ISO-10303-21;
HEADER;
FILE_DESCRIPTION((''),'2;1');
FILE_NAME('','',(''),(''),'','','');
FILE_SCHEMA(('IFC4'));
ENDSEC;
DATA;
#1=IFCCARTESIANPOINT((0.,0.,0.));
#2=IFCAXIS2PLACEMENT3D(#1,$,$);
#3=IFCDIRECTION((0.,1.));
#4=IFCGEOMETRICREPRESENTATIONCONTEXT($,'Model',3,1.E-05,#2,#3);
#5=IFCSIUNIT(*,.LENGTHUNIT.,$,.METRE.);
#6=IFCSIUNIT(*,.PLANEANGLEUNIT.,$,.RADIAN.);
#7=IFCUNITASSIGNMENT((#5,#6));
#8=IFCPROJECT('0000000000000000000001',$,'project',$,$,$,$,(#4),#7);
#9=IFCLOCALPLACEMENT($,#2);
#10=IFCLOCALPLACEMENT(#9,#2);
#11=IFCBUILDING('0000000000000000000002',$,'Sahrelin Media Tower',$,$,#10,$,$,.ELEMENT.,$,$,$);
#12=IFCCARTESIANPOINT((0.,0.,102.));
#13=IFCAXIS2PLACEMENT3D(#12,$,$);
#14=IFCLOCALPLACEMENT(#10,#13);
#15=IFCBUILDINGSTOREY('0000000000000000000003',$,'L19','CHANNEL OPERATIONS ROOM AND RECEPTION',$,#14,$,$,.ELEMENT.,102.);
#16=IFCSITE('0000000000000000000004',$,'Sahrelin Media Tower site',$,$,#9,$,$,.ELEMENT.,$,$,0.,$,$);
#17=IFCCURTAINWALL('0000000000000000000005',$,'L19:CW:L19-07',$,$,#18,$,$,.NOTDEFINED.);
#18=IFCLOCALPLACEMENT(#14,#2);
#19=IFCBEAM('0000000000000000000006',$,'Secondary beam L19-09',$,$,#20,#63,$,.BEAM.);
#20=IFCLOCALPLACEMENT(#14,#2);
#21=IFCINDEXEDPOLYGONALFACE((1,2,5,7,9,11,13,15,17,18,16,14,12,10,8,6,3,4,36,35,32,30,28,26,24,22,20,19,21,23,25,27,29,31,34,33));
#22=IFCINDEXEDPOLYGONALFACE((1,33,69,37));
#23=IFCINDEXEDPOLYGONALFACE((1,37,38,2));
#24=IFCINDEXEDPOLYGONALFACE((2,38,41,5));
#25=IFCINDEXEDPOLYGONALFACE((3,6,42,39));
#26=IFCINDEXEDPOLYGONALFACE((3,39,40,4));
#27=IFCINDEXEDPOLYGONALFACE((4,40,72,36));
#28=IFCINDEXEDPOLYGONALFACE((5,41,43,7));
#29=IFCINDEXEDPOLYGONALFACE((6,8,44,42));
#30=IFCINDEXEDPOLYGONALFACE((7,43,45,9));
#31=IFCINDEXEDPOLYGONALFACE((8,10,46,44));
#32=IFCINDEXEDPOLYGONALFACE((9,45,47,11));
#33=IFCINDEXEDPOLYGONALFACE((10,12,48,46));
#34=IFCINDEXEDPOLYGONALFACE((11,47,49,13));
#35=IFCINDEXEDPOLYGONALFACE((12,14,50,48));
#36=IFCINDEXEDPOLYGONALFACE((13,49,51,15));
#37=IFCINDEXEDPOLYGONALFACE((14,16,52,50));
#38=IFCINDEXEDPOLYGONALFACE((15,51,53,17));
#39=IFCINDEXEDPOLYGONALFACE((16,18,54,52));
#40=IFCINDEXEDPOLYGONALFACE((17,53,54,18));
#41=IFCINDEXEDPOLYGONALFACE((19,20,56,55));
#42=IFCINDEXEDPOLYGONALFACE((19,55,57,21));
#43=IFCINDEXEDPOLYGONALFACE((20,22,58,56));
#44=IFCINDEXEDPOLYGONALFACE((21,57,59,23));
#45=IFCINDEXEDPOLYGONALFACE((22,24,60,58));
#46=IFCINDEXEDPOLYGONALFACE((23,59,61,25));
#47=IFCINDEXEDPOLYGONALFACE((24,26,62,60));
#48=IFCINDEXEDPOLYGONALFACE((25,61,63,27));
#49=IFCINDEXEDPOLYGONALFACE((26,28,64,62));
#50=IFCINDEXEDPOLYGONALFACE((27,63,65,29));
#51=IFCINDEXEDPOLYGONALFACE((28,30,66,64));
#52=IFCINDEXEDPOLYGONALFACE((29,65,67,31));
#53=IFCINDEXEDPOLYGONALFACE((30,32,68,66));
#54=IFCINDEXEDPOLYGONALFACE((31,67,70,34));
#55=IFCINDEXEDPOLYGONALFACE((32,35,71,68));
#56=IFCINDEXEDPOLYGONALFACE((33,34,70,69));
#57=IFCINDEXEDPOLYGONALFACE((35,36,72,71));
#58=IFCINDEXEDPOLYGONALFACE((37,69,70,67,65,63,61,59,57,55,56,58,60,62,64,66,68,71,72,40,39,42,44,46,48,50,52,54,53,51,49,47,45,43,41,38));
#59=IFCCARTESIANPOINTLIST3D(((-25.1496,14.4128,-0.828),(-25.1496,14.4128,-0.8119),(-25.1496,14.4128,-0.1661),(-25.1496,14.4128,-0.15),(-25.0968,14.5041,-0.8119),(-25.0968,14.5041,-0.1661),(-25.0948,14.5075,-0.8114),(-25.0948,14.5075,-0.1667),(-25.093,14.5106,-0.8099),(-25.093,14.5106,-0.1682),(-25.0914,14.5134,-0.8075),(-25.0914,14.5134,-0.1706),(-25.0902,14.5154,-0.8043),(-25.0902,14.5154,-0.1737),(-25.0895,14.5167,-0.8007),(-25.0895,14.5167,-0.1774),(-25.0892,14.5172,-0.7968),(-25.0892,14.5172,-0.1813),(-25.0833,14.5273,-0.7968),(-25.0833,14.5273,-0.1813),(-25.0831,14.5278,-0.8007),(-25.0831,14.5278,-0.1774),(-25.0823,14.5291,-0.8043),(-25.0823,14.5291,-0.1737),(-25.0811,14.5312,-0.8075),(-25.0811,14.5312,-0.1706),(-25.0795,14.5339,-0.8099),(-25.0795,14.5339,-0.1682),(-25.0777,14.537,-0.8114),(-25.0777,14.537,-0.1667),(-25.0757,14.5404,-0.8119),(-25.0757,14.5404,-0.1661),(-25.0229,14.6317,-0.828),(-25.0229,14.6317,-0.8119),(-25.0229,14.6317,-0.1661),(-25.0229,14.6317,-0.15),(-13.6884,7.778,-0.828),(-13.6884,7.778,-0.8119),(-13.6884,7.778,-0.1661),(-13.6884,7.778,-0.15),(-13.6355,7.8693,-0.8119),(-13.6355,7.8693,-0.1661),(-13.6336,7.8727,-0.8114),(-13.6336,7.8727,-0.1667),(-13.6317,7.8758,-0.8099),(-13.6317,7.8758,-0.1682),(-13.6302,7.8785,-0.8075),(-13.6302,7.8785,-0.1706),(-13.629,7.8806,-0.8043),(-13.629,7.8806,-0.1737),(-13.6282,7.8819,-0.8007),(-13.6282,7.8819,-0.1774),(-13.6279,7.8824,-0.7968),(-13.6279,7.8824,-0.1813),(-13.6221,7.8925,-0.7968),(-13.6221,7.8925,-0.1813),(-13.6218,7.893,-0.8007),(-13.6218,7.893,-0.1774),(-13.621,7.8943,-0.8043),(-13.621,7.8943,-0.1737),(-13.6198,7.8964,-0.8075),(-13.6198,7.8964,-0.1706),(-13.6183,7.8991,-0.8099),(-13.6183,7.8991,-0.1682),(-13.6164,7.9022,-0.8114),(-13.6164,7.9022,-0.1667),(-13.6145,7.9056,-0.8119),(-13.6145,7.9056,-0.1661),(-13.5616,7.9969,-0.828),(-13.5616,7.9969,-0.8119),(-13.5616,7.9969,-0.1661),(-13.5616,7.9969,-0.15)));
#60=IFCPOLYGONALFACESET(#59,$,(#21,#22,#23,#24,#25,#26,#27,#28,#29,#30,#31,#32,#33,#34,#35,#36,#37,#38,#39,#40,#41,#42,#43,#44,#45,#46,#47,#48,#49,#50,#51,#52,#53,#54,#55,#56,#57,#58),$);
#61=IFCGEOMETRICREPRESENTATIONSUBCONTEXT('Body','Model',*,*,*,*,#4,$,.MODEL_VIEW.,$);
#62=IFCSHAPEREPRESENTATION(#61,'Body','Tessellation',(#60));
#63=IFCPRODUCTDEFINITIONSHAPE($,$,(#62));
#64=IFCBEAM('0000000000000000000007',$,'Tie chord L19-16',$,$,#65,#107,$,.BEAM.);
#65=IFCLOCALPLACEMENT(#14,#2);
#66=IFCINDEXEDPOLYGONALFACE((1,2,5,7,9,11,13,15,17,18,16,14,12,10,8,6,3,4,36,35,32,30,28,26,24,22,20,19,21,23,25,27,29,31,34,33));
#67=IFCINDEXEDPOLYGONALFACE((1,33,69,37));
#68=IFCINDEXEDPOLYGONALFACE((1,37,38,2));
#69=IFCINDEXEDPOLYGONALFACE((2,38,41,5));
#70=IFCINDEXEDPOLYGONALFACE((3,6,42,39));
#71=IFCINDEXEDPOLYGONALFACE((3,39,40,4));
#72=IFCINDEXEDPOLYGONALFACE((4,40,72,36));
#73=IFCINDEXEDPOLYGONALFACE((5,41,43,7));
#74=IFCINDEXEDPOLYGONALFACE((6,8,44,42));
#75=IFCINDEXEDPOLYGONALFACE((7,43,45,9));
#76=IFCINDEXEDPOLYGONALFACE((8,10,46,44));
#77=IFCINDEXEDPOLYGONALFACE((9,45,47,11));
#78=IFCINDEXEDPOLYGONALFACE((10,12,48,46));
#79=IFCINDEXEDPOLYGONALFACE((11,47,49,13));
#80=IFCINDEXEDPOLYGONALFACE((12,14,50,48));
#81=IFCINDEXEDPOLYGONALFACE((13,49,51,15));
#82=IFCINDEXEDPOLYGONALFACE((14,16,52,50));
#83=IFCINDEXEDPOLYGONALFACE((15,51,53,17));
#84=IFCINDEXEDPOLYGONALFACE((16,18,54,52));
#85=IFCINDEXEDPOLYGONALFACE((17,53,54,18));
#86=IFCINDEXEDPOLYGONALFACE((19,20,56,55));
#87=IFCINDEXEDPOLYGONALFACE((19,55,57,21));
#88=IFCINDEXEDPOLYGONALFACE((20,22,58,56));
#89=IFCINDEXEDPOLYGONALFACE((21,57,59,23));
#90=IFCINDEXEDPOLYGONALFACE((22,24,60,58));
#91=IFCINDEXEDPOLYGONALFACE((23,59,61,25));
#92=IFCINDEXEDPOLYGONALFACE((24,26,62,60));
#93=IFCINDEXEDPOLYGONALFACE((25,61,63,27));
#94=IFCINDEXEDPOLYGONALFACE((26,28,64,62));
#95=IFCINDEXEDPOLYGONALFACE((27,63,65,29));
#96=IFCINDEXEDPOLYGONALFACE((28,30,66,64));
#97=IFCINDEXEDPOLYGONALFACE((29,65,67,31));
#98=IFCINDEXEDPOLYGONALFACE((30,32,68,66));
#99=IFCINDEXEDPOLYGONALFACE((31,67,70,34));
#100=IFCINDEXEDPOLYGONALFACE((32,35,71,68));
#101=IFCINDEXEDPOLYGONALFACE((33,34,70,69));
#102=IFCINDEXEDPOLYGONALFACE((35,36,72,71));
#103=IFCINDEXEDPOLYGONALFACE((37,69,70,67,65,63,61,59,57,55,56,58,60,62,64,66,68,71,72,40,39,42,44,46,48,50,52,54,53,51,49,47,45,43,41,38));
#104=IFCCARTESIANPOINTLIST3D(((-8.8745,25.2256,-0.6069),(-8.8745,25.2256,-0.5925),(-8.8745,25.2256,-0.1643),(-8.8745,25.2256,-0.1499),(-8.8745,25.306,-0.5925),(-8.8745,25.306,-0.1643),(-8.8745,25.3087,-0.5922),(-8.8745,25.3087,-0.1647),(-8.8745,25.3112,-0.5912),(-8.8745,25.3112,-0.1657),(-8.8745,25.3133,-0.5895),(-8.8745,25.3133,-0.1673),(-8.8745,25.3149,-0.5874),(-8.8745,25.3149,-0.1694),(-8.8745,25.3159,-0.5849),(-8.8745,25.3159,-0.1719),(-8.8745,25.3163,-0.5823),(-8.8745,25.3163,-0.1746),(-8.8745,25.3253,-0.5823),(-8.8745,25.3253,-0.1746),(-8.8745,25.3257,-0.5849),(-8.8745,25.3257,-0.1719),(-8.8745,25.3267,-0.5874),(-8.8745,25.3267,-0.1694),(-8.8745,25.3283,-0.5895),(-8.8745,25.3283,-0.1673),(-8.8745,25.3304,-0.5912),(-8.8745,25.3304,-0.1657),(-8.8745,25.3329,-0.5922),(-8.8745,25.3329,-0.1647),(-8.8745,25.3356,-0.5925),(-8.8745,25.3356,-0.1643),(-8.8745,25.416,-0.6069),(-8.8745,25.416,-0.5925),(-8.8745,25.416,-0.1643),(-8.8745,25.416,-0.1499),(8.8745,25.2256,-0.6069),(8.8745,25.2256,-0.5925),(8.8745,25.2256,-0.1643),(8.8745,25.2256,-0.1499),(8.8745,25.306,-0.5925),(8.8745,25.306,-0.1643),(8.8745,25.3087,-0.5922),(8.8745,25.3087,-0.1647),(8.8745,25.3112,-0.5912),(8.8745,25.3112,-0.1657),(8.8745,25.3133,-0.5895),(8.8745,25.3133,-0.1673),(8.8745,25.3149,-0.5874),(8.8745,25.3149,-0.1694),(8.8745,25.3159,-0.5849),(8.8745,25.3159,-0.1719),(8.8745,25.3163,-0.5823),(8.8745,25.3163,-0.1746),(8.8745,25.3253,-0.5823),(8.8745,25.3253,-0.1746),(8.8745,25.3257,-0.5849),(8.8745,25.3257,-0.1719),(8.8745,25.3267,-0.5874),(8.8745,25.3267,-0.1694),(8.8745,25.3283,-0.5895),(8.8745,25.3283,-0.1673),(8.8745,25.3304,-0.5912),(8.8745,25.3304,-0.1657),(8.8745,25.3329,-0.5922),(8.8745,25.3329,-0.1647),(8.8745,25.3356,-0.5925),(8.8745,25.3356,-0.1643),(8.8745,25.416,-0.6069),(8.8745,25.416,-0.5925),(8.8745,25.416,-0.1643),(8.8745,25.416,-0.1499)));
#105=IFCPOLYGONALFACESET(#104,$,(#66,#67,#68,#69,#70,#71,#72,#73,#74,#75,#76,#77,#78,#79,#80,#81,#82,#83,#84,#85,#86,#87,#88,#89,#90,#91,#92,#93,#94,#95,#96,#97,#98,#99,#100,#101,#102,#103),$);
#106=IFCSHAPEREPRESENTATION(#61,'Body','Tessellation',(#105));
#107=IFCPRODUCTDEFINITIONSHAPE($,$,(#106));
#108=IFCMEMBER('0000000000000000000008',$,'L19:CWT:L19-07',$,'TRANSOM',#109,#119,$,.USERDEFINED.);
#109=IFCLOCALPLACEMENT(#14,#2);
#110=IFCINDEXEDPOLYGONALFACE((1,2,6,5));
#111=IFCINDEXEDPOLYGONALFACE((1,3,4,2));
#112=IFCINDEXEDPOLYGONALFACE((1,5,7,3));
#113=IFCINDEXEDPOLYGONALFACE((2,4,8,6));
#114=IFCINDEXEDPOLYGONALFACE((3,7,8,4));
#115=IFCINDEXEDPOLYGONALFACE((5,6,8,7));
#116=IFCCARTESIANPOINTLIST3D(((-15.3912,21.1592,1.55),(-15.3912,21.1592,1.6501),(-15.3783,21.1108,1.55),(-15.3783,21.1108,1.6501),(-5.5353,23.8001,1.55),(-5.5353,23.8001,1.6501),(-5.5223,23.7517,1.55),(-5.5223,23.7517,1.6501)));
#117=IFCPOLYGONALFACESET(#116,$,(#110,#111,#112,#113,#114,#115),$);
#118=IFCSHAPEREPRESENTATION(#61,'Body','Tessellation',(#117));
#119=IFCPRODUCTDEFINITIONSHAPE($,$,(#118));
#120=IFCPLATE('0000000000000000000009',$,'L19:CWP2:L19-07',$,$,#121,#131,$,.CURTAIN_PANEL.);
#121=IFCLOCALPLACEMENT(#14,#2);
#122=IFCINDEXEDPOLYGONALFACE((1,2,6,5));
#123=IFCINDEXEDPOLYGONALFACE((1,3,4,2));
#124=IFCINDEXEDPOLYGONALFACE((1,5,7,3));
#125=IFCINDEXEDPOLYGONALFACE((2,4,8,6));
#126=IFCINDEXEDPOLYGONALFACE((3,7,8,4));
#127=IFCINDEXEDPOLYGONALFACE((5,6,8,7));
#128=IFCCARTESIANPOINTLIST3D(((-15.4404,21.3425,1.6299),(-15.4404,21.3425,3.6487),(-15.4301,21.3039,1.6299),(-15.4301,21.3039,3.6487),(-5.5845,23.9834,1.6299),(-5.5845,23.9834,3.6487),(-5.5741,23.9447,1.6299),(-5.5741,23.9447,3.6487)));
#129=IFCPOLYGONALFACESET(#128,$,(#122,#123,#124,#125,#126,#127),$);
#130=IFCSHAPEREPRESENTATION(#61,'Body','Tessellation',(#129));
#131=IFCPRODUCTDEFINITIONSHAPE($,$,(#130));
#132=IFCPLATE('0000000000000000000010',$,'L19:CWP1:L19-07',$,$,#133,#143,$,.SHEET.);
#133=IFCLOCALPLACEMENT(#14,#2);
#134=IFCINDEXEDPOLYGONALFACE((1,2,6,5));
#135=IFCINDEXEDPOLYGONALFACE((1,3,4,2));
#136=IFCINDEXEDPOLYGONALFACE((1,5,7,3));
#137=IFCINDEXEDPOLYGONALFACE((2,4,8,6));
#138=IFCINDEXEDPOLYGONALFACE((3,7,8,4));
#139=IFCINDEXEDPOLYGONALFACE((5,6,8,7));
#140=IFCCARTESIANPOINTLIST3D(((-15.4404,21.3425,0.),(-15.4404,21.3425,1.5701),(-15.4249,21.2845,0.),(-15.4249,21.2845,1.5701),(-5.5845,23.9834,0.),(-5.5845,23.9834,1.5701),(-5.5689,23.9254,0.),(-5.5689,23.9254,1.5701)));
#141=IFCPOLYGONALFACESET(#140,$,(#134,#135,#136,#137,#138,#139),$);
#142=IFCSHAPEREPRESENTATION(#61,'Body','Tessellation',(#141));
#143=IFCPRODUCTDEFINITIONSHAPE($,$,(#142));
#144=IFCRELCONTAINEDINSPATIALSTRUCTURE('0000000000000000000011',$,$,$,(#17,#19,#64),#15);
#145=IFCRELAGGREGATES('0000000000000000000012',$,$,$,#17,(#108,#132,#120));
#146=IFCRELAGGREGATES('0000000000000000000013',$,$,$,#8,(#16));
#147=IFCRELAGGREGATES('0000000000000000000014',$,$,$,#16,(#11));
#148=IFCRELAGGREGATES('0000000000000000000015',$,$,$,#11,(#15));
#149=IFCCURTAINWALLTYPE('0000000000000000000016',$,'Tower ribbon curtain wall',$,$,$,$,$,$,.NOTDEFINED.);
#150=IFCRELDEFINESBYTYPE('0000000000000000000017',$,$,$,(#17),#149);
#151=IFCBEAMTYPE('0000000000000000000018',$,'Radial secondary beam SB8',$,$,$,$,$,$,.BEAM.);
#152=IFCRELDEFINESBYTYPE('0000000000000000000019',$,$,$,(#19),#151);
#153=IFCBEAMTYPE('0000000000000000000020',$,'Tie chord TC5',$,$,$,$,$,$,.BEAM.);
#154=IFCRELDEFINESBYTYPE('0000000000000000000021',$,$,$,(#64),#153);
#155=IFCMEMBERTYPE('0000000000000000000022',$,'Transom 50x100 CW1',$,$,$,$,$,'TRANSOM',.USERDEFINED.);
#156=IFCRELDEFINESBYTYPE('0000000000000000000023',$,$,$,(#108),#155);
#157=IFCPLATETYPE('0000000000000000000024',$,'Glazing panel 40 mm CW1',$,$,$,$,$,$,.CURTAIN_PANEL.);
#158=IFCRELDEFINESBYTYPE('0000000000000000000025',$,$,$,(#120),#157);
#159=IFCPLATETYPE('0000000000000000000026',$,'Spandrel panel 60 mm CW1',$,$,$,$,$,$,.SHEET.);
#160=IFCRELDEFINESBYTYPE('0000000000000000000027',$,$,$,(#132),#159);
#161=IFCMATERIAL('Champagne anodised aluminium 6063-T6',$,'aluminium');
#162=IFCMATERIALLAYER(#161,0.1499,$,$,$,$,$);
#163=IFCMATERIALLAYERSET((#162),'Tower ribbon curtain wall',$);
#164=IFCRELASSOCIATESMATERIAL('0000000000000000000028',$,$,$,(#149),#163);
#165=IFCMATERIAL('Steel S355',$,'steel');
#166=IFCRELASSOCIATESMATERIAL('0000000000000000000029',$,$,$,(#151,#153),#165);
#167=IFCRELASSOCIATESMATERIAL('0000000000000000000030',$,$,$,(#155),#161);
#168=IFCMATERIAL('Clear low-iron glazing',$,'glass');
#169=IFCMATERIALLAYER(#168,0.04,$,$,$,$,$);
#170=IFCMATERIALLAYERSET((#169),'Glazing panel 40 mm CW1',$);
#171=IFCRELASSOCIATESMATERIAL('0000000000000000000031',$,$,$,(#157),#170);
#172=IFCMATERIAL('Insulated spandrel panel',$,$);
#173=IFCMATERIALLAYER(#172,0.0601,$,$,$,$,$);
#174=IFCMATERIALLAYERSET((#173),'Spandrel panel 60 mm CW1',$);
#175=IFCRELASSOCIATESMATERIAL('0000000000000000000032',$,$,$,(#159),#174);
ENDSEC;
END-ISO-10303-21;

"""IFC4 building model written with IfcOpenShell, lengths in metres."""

from ifc_helpers import new_model, si_unit, direction, frame, origin, origin_2d, place, context, subcontext, project, spatial, polyline, rectangle, i_section, outline, extrude, material, layer, layer_set, material_profile, profile_set, type_object, element, aggregate, save


model = new_model("IFC4")

# Units and contexts
model_context = context("Model", 3, precision=1e-05, world=origin(), true_north=direction((0.0, 1.0)))
body_context = subcontext(model_context, "Body", "Model", "MODEL_VIEW")
ifc_project = project(units=[si_unit("LENGTHUNIT", "METRE"), si_unit("PLANEANGLEUNIT", "RADIAN")], contexts=[model_context])

# Site, building, storey
site_placement = place(None, origin())
site = spatial("IfcSite", under=ifc_project, at=site_placement, Name="Sahrelin Media Tower site", CompositionType="ELEMENT", RefElevation=0.0)
building_placement = place(site_placement, origin())
building = spatial("IfcBuilding", under=site, at=building_placement, Name="Sahrelin Media Tower", CompositionType="ELEMENT")
storey_placement = place(building_placement, frame((0.0, 0.0, 102.0)))
storey = spatial("IfcBuildingStorey", under=building, at=storey_placement, Name="L19", Description="CHANNEL OPERATIONS ROOM AND RECEPTION", CompositionType="ELEMENT", Elevation=102.0)

# Shared definitions
ifc_material_1 = material(Name="Steel S355", Category="steel")

# Curtain wall
ifc_material_2 = material(Name="Champagne anodised aluminium 6063-T6", Category="aluminium")
ifc_layer_1 = layer(ifc_material_2, 0.1499)
ifc_layer_set_1 = layer_set([ifc_layer_1], Name="Tower ribbon curtain wall")
curtain_wall_type = type_object("IfcCurtainWallType", Name="Tower ribbon curtain wall", PredefinedType="NOTDEFINED", material=ifc_layer_set_1)
curtain_wall_1_placement = place(storey_placement, frame((-10.5073, 22.6438, 0.0), z_axis=(0.0, 0.0, 1.0), x_axis=(1.0, 0.0, 0.0)))
curtain_wall_1 = element("IfcCurtainWall", 1, at=curtain_wall_1_placement, inside=storey, type_object=curtain_wall_type, Name="L19:CW:L19-07", PredefinedType="NOTDEFINED")

# Beams
ifc_material_profile_1 = material_profile(ifc_material_1, i_section(OverallWidth=0.2529, OverallDepth=0.678, WebThickness=0.0117, FlangeThickness=0.0161, FilletRadius=0.0151, at=origin_2d()), Name="UB 686x254x125")
ifc_profile_set_1 = profile_set([ifc_material_profile_1], Name="Steel S355")
beam_type_1 = type_object("IfcBeamType", Name="Radial secondary beam SB8", PredefinedType="BEAM", material=ifc_profile_set_1)
beam_1_placement = place(storey_placement, frame((-13.625, 7.8875, -0.489), z_axis=(-0.865448, 0.500999, 0.0), x_axis=(-0.500999, -0.865448, 0.0)))
element("IfcBeam", 2, at=beam_1_placement, inside=storey, type_object=beam_type_1, Name="Secondary beam L19-09", PredefinedType="BEAM", context=body_context, shape_type="SweptSolid", body=[
    extrude(i_section(OverallWidth=0.2529, OverallDepth=0.678, WebThickness=0.0117, FlangeThickness=0.0161, FilletRadius=0.0151, at=origin_2d()), origin(), (0.0, 0.0, 1.0), 13.2432),
])
ifc_material_profile_2 = material_profile(ifc_material_1, i_section(OverallWidth=0.1904, OverallDepth=0.457, WebThickness=0.009, FlangeThickness=0.0144, FilletRadius=0.0103, at=origin_2d()), Name="UB 457x191x74")
ifc_profile_set_2 = profile_set([ifc_material_profile_2], Name="Steel S355")
beam_type_2 = type_object("IfcBeamType", Name="Tie chord TC5", PredefinedType="BEAM", material=ifc_profile_set_2)
beam_2_placement = place(storey_placement, frame((-8.8745, 25.3208, -0.3784), z_axis=(1.0, 0.0, 0.0), x_axis=(0.0, 1.0, 0.0)))
element("IfcBeam", 3, at=beam_2_placement, inside=storey, type_object=beam_type_2, Name="Tie chord L19-16", PredefinedType="BEAM", context=body_context, shape_type="SweptSolid", body=[
    extrude(i_section(OverallWidth=0.1904, OverallDepth=0.457, WebThickness=0.009, FlangeThickness=0.0144, FilletRadius=0.0103, at=origin_2d()), origin(), (0.0, 0.0, 1.0), 17.749),
])

# Member
ifc_material_profile_3 = material_profile(ifc_material_2, rectangle(XDim=0.05, YDim=0.1001, at=origin_2d()), Name="Transom 50x100")
ifc_profile_set_3 = profile_set([ifc_material_profile_3], Name="Champagne anodised aluminium 6063-T6")
member_type_1 = type_object("IfcMemberType", Name="Transom 50x100 CW1", ElementType="TRANSOM", PredefinedType="USERDEFINED", material=ifc_profile_set_3)
member_1_placement = place(storey_placement, frame((-5.5288, 23.7759, 1.6001), z_axis=(-0.965926, -0.258817, 0.0), x_axis=(0.258817, -0.965926, 0.0)))
member_1 = element("IfcMember", 4, at=member_1_placement, type_object=member_type_1, Name="L19:CWT:L19-07", ObjectType="TRANSOM", PredefinedType="USERDEFINED", context=body_context, shape_type="SweptSolid", body=[
    extrude(rectangle(XDim=0.05, YDim=0.1001, at=origin_2d()), origin(), (0.0, 0.0, 1.0), 10.2036),
])

# Plates
ifc_material_3 = material(Name="Clear low-iron glazing", Category="glass")
ifc_layer_2 = layer(ifc_material_3, 0.04)
ifc_layer_set_2 = layer_set([ifc_layer_2], Name="Glazing panel 40 mm CW1")
plate_type_1 = type_object("IfcPlateType", Name="Glazing panel 40 mm CW1", PredefinedType="CURTAIN_PANEL", material=ifc_layer_set_2)
plate_1_placement = place(storey_placement, frame((-5.5845, 23.9834, 1.6299), z_axis=(-0.258817, 0.965926, 0.0), x_axis=(-0.965926, -0.258817, 0.0)))
plate_1 = element("IfcPlate", 5, at=plate_1_placement, type_object=plate_type_1, Name="L19:CWP2:L19-07", PredefinedType="CURTAIN_PANEL", context=body_context, shape_type="SweptSolid", body=[
    extrude(outline(polyline([(0.0, 0.0), (10.2036, 0.0), (10.2036, 2.0188), (0.0, 2.0188), (0.0, 0.0)])), origin(), (0.0, 0.0, -1.0), 0.04),
])
ifc_material_4 = material(Name="Insulated spandrel panel")
ifc_layer_3 = layer(ifc_material_4, 0.0601)
ifc_layer_set_3 = layer_set([ifc_layer_3], Name="Spandrel panel 60 mm CW1")
plate_type_2 = type_object("IfcPlateType", Name="Spandrel panel 60 mm CW1", PredefinedType="SHEET", material=ifc_layer_set_3)
plate_2_placement = place(storey_placement, frame((-5.5845, 23.9834, 0.0), z_axis=(-0.258817, 0.965926, 0.0), x_axis=(-0.965926, -0.258817, 0.0)))
plate_2 = element("IfcPlate", 6, at=plate_2_placement, type_object=plate_type_2, Name="L19:CWP1:L19-07", PredefinedType="SHEET", context=body_context, shape_type="SweptSolid", body=[
    extrude(outline(polyline([(0.0, 0.0), (10.2036, 0.0), (10.2036, 1.5701), (0.0, 1.5701), (0.0, 0.0)])), origin(), (0.0, 0.0, -1.0), 0.0601),
])
aggregate(curtain_wall_1, [member_1, plate_2, plate_1])

save(model, "model.ifc")
